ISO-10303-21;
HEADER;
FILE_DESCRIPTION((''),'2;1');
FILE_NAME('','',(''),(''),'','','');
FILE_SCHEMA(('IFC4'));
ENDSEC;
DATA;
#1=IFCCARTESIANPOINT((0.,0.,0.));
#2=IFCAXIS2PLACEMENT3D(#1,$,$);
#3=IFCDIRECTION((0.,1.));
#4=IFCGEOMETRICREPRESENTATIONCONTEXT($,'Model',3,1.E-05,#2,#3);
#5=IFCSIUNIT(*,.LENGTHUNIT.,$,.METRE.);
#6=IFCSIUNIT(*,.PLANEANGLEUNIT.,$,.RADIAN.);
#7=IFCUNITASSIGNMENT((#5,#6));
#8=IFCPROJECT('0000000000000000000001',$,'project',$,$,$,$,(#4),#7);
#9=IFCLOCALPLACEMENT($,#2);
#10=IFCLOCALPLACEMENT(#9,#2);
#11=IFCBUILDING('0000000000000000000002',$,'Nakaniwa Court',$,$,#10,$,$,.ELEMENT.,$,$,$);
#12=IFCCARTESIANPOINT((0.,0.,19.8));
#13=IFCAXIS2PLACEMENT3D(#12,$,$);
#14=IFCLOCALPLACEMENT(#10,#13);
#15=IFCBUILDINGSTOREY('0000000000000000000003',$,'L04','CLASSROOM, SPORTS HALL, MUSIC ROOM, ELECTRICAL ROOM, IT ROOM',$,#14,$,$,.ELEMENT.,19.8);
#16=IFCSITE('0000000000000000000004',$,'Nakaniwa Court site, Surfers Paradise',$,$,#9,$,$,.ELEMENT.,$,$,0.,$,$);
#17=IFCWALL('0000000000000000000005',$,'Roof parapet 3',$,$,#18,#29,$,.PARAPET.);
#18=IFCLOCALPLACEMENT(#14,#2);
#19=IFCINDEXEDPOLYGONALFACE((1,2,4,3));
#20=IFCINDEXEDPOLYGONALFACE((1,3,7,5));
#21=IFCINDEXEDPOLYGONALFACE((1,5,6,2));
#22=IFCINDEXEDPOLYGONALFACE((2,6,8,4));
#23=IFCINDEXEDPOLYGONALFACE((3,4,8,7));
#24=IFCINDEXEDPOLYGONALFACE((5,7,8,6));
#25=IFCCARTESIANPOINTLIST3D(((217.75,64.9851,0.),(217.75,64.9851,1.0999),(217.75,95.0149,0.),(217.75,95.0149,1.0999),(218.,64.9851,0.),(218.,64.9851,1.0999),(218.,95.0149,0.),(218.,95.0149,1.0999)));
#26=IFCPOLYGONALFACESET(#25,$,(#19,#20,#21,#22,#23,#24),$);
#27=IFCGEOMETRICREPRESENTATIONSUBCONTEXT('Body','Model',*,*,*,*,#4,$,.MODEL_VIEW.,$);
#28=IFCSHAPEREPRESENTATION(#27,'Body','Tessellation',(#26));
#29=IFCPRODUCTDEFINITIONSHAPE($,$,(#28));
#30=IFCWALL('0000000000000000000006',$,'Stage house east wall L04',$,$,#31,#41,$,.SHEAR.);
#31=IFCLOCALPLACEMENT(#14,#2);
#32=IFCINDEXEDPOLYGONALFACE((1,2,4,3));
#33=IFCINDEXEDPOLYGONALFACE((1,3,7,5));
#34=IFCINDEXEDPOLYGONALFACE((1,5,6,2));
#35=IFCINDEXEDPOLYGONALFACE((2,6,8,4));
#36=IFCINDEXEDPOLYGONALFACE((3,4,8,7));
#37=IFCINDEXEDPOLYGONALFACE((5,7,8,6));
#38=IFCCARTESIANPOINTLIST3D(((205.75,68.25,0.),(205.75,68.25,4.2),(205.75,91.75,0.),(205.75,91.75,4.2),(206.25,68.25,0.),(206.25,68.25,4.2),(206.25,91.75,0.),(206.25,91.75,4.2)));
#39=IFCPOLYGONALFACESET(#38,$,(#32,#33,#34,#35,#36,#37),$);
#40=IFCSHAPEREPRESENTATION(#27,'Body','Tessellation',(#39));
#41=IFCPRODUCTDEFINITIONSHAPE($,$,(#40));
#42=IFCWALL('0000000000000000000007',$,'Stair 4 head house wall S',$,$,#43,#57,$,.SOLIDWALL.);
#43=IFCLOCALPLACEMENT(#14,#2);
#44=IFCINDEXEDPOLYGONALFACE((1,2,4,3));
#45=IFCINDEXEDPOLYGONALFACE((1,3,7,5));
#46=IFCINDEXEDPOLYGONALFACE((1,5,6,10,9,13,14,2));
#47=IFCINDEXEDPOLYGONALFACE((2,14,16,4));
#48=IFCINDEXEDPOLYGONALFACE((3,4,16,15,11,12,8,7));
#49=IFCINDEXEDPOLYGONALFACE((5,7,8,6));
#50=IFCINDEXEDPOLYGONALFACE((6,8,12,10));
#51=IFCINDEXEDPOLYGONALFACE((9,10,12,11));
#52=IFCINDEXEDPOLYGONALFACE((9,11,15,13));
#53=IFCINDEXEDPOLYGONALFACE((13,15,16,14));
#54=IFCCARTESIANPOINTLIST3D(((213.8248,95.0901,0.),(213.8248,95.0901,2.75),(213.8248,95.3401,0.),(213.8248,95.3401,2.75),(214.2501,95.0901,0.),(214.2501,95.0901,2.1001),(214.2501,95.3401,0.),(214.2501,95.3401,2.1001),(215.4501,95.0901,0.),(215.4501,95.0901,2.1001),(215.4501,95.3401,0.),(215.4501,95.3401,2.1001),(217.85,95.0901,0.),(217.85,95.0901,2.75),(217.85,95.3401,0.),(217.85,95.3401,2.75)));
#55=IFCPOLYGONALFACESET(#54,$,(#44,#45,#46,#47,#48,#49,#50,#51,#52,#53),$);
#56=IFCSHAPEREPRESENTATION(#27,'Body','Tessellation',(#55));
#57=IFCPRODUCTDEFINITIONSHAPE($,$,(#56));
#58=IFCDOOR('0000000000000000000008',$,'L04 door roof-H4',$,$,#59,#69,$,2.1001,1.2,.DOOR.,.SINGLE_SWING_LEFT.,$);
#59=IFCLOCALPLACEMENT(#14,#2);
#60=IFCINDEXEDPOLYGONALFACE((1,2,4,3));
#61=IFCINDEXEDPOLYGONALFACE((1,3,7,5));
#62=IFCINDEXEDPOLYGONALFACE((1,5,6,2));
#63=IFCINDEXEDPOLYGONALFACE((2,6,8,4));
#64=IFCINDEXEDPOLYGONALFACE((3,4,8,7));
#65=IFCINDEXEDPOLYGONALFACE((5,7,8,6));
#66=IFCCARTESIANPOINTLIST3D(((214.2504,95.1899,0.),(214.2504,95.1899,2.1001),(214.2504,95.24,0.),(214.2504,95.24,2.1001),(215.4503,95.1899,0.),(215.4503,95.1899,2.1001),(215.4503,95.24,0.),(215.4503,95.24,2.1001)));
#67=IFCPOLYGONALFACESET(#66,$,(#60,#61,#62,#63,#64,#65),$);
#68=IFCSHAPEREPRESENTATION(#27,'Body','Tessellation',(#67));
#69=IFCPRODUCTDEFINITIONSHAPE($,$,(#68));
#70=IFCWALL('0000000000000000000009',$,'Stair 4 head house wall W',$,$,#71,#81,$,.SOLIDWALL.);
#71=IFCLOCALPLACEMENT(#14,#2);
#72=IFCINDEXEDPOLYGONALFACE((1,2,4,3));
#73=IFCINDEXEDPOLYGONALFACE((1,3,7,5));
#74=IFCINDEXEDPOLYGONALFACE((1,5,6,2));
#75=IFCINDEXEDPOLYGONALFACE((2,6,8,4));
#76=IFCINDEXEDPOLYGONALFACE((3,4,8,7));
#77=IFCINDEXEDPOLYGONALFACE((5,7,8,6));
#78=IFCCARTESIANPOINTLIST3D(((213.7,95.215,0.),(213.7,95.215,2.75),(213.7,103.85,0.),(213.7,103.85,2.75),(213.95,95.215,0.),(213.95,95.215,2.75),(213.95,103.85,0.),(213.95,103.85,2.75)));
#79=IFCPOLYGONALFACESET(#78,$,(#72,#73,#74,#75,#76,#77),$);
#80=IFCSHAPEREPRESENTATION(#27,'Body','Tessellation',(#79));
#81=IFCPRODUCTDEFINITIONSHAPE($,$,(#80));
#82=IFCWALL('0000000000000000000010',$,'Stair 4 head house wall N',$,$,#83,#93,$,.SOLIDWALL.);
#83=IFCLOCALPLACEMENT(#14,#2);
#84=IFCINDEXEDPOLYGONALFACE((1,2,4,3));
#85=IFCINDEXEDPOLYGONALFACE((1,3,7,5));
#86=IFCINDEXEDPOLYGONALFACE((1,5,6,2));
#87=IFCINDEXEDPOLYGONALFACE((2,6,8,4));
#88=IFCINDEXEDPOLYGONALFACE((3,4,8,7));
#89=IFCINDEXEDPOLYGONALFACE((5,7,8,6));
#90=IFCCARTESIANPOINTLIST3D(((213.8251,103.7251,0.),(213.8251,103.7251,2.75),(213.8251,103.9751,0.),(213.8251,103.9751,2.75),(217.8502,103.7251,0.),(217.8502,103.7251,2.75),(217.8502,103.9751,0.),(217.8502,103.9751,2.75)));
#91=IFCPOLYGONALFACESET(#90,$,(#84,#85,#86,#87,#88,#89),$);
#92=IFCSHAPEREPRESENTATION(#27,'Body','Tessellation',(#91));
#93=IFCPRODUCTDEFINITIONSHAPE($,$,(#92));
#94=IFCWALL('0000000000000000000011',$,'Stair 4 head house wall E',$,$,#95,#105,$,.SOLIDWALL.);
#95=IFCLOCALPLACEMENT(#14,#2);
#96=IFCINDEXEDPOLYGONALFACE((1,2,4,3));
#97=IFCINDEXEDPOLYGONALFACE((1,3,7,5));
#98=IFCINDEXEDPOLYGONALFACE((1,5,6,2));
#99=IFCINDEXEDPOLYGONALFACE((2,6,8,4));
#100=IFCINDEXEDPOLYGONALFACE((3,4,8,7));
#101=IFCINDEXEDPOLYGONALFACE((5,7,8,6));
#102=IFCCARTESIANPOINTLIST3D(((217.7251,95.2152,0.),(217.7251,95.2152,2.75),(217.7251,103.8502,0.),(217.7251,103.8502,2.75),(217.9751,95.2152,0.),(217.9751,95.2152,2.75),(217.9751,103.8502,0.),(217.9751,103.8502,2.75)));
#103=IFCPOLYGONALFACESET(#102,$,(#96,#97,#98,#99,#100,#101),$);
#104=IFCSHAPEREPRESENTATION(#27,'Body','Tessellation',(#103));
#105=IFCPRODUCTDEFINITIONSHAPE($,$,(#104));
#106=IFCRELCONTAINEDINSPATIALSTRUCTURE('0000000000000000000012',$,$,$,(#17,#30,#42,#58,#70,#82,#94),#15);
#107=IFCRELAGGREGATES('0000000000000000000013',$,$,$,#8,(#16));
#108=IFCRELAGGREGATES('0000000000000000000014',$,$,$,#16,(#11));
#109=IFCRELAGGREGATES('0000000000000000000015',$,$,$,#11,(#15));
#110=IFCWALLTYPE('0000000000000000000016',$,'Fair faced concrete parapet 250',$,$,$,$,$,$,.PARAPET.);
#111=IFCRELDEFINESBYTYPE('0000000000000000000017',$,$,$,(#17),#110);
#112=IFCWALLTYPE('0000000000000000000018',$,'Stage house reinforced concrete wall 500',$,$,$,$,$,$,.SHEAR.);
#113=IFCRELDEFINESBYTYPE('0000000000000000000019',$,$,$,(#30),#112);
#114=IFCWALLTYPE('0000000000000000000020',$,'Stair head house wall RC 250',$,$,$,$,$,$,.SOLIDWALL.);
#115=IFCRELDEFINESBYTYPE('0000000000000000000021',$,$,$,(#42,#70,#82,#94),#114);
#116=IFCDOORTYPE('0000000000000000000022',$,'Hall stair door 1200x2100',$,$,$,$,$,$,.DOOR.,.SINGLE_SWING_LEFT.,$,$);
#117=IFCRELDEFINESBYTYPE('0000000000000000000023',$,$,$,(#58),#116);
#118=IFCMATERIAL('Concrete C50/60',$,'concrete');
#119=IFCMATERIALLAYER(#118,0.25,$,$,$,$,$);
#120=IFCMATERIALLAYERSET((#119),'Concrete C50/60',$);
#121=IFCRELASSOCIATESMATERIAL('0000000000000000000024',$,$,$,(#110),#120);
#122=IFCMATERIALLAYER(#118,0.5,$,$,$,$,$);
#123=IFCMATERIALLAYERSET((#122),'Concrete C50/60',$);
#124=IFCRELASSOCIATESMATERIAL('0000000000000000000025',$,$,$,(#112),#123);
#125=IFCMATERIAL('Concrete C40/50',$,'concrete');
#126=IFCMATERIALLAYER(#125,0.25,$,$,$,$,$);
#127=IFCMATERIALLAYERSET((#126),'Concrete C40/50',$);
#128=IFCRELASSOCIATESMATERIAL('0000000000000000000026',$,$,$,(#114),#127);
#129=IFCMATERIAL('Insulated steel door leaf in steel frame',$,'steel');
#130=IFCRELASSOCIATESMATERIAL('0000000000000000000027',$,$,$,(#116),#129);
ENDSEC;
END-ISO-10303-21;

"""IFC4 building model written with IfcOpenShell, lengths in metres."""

from ifc_helpers import new_model, si_unit, direction, frame, frame_2d, origin, place, context, subcontext, project, spatial, rectangle, extrude, material, layer, layer_set, type_object, element, fill, save


model = new_model("IFC4")

# Units and contexts
model_context = context("Model", 3, precision=1e-05, world=origin(), true_north=direction((0.0, 1.0)))
body_context = subcontext(model_context, "Body", "Model", "MODEL_VIEW")
ifc_project = project(units=[si_unit("LENGTHUNIT", "METRE"), si_unit("PLANEANGLEUNIT", "RADIAN")], contexts=[model_context])

# Site, building, storey
site_placement = place(None, origin())
site = spatial("IfcSite", under=ifc_project, at=site_placement, Name="Nakaniwa Court site, Surfers Paradise", CompositionType="ELEMENT", RefElevation=0.0)
building_placement = place(site_placement, origin())
building = spatial("IfcBuilding", under=site, at=building_placement, Name="Nakaniwa Court", CompositionType="ELEMENT")
storey_placement = place(building_placement, frame((0.0, 0.0, 19.8)))
storey = spatial("IfcBuildingStorey", under=building, at=storey_placement, Name="L04", Description="CLASSROOM, SPORTS HALL, MUSIC ROOM, ELECTRICAL ROOM, IT ROOM", CompositionType="ELEMENT", Elevation=19.8)

# Walls
ifc_material_1 = material(Name="Concrete C50/60", Category="concrete")
ifc_layer_1 = layer(ifc_material_1, 0.25)
ifc_layer_set_1 = layer_set([ifc_layer_1], Name="Concrete C50/60")
wall_type_1 = type_object("IfcWallType", Name="Fair faced concrete parapet 250", PredefinedType="PARAPET", material=ifc_layer_set_1)
wall_1_placement = place(storey_placement, frame((217.875, 95.0149, 0.0), z_axis=(0.0, 0.0, 1.0), x_axis=(0.0, -1.0, 0.0)))
element("IfcWall", 1, at=wall_1_placement, inside=storey, type_object=wall_type_1, Name="Roof parapet 3", PredefinedType="PARAPET", context=body_context, shape_type="SweptSolid", body=[
    extrude(rectangle(XDim=30.0298, YDim=0.25, at=frame_2d((15.0149, 0.0))), origin(), (0.0, 0.0, 1.0), 1.0999),
])
ifc_layer_2 = layer(ifc_material_1, 0.5)
ifc_layer_set_2 = layer_set([ifc_layer_2], Name="Concrete C50/60")
wall_type_2 = type_object("IfcWallType", Name="Stage house reinforced concrete wall 500", PredefinedType="SHEAR", material=ifc_layer_set_2)
wall_2_placement = place(storey_placement, frame((206.0, 91.75, 0.0), z_axis=(0.0, 0.0, 1.0), x_axis=(0.0, -1.0, 0.0)))
element("IfcWall", 2, at=wall_2_placement, inside=storey, type_object=wall_type_2, Name="Stage house east wall L04", PredefinedType="SHEAR", context=body_context, shape_type="SweptSolid", body=[
    extrude(rectangle(XDim=23.5, YDim=0.5, at=frame_2d((11.75, 0.0))), origin(), (0.0, 0.0, 1.0), 4.2),
])

# Wall, opening, door
ifc_material_2 = material(Name="Concrete C40/50", Category="concrete")
ifc_layer_3 = layer(ifc_material_2, 0.25)
ifc_layer_set_3 = layer_set([ifc_layer_3], Name="Concrete C40/50")
wall_type_3 = type_object("IfcWallType", Name="Stair head house wall RC 250", PredefinedType="SOLIDWALL", material=ifc_layer_set_3)
wall_3_placement = place(storey_placement, frame((217.8501, 95.2151, 0.0), z_axis=(0.0, 0.0, 1.0), x_axis=(-1.0, 0.0, 0.0)))
wall_3 = element("IfcWall", 3, at=wall_3_placement, inside=storey, type_object=wall_type_3, Name="Stair 4 head house wall S", PredefinedType="SOLIDWALL", context=body_context, shape_type="SweptSolid", body=[
    extrude(rectangle(XDim=4.0251, YDim=0.25, at=frame_2d((2.0127, 0.0))), origin(), (0.0, 0.0, 1.0), 2.75),
])
opening_placement = place(wall_3_placement, frame((2.3999, 0.0, 0.0)))
opening = element("IfcOpeningElement", 4, at=opening_placement, cuts=wall_3, PredefinedType="OPENING", context=body_context, shape_type="SweptSolid", body=[
    extrude(rectangle(XDim=1.2, YDim=2.1001, at=frame_2d((0.6001, 1.05))), frame((0.0, 0.135, 0.0), z_axis=(0.0, -1.0, 0.0), x_axis=(1.0, 0.0, 0.0)), (0.0, 0.0, 1.0), 0.27),
])
ifc_material_3 = material(Name="Insulated steel door leaf in steel frame", Category="steel")
door_type = type_object("IfcDoorType", Name="Hall stair door 1200x2100", OperationType="SINGLE_SWING_LEFT", PredefinedType="DOOR", material=ifc_material_3)
door_placement = place(opening_placement, frame((1.2, 0.0, 0.0), z_axis=(0.0, 0.0, 1.0), x_axis=(-1.0, 0.0, 0.0)))
door = element("IfcDoor", 5, at=door_placement, inside=storey, type_object=door_type, Name="L04 door roof-H4", OperationType="SINGLE_SWING_LEFT", OverallHeight=2.1001, OverallWidth=1.2, PredefinedType="DOOR", context=body_context, shape_type="SweptSolid", body=[
    extrude(rectangle(XDim=1.2, YDim=2.1001, at=frame_2d((0.6001, 1.05))), frame((0.0, 0.0249, 0.0), z_axis=(0.0, -1.0, 0.0), x_axis=(1.0, 0.0, 0.0)), (0.0, 0.0, 1.0), 0.05),
])
fill(opening, door)

# Walls
wall_4_placement = place(storey_placement, frame((213.825, 95.2151, 0.0), z_axis=(0.0, 0.0, 1.0), x_axis=(0.0, 1.0, 0.0)))
element("IfcWall", 6, at=wall_4_placement, inside=storey, type_object=wall_type_3, Name="Stair 4 head house wall W", PredefinedType="SOLIDWALL", context=body_context, shape_type="SweptSolid", body=[
    extrude(rectangle(XDim=8.635, YDim=0.25, at=frame_2d((4.3174, 0.0))), origin(), (0.0, 0.0, 1.0), 2.75),
])
wall_5_placement = place(storey_placement, frame((213.825, 103.8501, 0.0), z_axis=(0.0, 0.0, 1.0), x_axis=(1.0, 0.0, 0.0)))
element("IfcWall", 7, at=wall_5_placement, inside=storey, type_object=wall_type_3, Name="Stair 4 head house wall N", PredefinedType="SOLIDWALL", context=body_context, shape_type="SweptSolid", body=[
    extrude(rectangle(XDim=4.0251, YDim=0.25, at=frame_2d((2.0127, 0.0))), origin(), (0.0, 0.0, 1.0), 2.75),
])
wall_6_placement = place(storey_placement, frame((217.8501, 103.8501, 0.0), z_axis=(0.0, 0.0, 1.0), x_axis=(0.0, -1.0, 0.0)))
element("IfcWall", 8, at=wall_6_placement, inside=storey, type_object=wall_type_3, Name="Stair 4 head house wall E", PredefinedType="SOLIDWALL", context=body_context, shape_type="SweptSolid", body=[
    extrude(rectangle(XDim=8.635, YDim=0.25, at=frame_2d((4.3174, 0.0))), origin(), (0.0, 0.0, 1.0), 2.75),
])

save(model, "model.ifc")
